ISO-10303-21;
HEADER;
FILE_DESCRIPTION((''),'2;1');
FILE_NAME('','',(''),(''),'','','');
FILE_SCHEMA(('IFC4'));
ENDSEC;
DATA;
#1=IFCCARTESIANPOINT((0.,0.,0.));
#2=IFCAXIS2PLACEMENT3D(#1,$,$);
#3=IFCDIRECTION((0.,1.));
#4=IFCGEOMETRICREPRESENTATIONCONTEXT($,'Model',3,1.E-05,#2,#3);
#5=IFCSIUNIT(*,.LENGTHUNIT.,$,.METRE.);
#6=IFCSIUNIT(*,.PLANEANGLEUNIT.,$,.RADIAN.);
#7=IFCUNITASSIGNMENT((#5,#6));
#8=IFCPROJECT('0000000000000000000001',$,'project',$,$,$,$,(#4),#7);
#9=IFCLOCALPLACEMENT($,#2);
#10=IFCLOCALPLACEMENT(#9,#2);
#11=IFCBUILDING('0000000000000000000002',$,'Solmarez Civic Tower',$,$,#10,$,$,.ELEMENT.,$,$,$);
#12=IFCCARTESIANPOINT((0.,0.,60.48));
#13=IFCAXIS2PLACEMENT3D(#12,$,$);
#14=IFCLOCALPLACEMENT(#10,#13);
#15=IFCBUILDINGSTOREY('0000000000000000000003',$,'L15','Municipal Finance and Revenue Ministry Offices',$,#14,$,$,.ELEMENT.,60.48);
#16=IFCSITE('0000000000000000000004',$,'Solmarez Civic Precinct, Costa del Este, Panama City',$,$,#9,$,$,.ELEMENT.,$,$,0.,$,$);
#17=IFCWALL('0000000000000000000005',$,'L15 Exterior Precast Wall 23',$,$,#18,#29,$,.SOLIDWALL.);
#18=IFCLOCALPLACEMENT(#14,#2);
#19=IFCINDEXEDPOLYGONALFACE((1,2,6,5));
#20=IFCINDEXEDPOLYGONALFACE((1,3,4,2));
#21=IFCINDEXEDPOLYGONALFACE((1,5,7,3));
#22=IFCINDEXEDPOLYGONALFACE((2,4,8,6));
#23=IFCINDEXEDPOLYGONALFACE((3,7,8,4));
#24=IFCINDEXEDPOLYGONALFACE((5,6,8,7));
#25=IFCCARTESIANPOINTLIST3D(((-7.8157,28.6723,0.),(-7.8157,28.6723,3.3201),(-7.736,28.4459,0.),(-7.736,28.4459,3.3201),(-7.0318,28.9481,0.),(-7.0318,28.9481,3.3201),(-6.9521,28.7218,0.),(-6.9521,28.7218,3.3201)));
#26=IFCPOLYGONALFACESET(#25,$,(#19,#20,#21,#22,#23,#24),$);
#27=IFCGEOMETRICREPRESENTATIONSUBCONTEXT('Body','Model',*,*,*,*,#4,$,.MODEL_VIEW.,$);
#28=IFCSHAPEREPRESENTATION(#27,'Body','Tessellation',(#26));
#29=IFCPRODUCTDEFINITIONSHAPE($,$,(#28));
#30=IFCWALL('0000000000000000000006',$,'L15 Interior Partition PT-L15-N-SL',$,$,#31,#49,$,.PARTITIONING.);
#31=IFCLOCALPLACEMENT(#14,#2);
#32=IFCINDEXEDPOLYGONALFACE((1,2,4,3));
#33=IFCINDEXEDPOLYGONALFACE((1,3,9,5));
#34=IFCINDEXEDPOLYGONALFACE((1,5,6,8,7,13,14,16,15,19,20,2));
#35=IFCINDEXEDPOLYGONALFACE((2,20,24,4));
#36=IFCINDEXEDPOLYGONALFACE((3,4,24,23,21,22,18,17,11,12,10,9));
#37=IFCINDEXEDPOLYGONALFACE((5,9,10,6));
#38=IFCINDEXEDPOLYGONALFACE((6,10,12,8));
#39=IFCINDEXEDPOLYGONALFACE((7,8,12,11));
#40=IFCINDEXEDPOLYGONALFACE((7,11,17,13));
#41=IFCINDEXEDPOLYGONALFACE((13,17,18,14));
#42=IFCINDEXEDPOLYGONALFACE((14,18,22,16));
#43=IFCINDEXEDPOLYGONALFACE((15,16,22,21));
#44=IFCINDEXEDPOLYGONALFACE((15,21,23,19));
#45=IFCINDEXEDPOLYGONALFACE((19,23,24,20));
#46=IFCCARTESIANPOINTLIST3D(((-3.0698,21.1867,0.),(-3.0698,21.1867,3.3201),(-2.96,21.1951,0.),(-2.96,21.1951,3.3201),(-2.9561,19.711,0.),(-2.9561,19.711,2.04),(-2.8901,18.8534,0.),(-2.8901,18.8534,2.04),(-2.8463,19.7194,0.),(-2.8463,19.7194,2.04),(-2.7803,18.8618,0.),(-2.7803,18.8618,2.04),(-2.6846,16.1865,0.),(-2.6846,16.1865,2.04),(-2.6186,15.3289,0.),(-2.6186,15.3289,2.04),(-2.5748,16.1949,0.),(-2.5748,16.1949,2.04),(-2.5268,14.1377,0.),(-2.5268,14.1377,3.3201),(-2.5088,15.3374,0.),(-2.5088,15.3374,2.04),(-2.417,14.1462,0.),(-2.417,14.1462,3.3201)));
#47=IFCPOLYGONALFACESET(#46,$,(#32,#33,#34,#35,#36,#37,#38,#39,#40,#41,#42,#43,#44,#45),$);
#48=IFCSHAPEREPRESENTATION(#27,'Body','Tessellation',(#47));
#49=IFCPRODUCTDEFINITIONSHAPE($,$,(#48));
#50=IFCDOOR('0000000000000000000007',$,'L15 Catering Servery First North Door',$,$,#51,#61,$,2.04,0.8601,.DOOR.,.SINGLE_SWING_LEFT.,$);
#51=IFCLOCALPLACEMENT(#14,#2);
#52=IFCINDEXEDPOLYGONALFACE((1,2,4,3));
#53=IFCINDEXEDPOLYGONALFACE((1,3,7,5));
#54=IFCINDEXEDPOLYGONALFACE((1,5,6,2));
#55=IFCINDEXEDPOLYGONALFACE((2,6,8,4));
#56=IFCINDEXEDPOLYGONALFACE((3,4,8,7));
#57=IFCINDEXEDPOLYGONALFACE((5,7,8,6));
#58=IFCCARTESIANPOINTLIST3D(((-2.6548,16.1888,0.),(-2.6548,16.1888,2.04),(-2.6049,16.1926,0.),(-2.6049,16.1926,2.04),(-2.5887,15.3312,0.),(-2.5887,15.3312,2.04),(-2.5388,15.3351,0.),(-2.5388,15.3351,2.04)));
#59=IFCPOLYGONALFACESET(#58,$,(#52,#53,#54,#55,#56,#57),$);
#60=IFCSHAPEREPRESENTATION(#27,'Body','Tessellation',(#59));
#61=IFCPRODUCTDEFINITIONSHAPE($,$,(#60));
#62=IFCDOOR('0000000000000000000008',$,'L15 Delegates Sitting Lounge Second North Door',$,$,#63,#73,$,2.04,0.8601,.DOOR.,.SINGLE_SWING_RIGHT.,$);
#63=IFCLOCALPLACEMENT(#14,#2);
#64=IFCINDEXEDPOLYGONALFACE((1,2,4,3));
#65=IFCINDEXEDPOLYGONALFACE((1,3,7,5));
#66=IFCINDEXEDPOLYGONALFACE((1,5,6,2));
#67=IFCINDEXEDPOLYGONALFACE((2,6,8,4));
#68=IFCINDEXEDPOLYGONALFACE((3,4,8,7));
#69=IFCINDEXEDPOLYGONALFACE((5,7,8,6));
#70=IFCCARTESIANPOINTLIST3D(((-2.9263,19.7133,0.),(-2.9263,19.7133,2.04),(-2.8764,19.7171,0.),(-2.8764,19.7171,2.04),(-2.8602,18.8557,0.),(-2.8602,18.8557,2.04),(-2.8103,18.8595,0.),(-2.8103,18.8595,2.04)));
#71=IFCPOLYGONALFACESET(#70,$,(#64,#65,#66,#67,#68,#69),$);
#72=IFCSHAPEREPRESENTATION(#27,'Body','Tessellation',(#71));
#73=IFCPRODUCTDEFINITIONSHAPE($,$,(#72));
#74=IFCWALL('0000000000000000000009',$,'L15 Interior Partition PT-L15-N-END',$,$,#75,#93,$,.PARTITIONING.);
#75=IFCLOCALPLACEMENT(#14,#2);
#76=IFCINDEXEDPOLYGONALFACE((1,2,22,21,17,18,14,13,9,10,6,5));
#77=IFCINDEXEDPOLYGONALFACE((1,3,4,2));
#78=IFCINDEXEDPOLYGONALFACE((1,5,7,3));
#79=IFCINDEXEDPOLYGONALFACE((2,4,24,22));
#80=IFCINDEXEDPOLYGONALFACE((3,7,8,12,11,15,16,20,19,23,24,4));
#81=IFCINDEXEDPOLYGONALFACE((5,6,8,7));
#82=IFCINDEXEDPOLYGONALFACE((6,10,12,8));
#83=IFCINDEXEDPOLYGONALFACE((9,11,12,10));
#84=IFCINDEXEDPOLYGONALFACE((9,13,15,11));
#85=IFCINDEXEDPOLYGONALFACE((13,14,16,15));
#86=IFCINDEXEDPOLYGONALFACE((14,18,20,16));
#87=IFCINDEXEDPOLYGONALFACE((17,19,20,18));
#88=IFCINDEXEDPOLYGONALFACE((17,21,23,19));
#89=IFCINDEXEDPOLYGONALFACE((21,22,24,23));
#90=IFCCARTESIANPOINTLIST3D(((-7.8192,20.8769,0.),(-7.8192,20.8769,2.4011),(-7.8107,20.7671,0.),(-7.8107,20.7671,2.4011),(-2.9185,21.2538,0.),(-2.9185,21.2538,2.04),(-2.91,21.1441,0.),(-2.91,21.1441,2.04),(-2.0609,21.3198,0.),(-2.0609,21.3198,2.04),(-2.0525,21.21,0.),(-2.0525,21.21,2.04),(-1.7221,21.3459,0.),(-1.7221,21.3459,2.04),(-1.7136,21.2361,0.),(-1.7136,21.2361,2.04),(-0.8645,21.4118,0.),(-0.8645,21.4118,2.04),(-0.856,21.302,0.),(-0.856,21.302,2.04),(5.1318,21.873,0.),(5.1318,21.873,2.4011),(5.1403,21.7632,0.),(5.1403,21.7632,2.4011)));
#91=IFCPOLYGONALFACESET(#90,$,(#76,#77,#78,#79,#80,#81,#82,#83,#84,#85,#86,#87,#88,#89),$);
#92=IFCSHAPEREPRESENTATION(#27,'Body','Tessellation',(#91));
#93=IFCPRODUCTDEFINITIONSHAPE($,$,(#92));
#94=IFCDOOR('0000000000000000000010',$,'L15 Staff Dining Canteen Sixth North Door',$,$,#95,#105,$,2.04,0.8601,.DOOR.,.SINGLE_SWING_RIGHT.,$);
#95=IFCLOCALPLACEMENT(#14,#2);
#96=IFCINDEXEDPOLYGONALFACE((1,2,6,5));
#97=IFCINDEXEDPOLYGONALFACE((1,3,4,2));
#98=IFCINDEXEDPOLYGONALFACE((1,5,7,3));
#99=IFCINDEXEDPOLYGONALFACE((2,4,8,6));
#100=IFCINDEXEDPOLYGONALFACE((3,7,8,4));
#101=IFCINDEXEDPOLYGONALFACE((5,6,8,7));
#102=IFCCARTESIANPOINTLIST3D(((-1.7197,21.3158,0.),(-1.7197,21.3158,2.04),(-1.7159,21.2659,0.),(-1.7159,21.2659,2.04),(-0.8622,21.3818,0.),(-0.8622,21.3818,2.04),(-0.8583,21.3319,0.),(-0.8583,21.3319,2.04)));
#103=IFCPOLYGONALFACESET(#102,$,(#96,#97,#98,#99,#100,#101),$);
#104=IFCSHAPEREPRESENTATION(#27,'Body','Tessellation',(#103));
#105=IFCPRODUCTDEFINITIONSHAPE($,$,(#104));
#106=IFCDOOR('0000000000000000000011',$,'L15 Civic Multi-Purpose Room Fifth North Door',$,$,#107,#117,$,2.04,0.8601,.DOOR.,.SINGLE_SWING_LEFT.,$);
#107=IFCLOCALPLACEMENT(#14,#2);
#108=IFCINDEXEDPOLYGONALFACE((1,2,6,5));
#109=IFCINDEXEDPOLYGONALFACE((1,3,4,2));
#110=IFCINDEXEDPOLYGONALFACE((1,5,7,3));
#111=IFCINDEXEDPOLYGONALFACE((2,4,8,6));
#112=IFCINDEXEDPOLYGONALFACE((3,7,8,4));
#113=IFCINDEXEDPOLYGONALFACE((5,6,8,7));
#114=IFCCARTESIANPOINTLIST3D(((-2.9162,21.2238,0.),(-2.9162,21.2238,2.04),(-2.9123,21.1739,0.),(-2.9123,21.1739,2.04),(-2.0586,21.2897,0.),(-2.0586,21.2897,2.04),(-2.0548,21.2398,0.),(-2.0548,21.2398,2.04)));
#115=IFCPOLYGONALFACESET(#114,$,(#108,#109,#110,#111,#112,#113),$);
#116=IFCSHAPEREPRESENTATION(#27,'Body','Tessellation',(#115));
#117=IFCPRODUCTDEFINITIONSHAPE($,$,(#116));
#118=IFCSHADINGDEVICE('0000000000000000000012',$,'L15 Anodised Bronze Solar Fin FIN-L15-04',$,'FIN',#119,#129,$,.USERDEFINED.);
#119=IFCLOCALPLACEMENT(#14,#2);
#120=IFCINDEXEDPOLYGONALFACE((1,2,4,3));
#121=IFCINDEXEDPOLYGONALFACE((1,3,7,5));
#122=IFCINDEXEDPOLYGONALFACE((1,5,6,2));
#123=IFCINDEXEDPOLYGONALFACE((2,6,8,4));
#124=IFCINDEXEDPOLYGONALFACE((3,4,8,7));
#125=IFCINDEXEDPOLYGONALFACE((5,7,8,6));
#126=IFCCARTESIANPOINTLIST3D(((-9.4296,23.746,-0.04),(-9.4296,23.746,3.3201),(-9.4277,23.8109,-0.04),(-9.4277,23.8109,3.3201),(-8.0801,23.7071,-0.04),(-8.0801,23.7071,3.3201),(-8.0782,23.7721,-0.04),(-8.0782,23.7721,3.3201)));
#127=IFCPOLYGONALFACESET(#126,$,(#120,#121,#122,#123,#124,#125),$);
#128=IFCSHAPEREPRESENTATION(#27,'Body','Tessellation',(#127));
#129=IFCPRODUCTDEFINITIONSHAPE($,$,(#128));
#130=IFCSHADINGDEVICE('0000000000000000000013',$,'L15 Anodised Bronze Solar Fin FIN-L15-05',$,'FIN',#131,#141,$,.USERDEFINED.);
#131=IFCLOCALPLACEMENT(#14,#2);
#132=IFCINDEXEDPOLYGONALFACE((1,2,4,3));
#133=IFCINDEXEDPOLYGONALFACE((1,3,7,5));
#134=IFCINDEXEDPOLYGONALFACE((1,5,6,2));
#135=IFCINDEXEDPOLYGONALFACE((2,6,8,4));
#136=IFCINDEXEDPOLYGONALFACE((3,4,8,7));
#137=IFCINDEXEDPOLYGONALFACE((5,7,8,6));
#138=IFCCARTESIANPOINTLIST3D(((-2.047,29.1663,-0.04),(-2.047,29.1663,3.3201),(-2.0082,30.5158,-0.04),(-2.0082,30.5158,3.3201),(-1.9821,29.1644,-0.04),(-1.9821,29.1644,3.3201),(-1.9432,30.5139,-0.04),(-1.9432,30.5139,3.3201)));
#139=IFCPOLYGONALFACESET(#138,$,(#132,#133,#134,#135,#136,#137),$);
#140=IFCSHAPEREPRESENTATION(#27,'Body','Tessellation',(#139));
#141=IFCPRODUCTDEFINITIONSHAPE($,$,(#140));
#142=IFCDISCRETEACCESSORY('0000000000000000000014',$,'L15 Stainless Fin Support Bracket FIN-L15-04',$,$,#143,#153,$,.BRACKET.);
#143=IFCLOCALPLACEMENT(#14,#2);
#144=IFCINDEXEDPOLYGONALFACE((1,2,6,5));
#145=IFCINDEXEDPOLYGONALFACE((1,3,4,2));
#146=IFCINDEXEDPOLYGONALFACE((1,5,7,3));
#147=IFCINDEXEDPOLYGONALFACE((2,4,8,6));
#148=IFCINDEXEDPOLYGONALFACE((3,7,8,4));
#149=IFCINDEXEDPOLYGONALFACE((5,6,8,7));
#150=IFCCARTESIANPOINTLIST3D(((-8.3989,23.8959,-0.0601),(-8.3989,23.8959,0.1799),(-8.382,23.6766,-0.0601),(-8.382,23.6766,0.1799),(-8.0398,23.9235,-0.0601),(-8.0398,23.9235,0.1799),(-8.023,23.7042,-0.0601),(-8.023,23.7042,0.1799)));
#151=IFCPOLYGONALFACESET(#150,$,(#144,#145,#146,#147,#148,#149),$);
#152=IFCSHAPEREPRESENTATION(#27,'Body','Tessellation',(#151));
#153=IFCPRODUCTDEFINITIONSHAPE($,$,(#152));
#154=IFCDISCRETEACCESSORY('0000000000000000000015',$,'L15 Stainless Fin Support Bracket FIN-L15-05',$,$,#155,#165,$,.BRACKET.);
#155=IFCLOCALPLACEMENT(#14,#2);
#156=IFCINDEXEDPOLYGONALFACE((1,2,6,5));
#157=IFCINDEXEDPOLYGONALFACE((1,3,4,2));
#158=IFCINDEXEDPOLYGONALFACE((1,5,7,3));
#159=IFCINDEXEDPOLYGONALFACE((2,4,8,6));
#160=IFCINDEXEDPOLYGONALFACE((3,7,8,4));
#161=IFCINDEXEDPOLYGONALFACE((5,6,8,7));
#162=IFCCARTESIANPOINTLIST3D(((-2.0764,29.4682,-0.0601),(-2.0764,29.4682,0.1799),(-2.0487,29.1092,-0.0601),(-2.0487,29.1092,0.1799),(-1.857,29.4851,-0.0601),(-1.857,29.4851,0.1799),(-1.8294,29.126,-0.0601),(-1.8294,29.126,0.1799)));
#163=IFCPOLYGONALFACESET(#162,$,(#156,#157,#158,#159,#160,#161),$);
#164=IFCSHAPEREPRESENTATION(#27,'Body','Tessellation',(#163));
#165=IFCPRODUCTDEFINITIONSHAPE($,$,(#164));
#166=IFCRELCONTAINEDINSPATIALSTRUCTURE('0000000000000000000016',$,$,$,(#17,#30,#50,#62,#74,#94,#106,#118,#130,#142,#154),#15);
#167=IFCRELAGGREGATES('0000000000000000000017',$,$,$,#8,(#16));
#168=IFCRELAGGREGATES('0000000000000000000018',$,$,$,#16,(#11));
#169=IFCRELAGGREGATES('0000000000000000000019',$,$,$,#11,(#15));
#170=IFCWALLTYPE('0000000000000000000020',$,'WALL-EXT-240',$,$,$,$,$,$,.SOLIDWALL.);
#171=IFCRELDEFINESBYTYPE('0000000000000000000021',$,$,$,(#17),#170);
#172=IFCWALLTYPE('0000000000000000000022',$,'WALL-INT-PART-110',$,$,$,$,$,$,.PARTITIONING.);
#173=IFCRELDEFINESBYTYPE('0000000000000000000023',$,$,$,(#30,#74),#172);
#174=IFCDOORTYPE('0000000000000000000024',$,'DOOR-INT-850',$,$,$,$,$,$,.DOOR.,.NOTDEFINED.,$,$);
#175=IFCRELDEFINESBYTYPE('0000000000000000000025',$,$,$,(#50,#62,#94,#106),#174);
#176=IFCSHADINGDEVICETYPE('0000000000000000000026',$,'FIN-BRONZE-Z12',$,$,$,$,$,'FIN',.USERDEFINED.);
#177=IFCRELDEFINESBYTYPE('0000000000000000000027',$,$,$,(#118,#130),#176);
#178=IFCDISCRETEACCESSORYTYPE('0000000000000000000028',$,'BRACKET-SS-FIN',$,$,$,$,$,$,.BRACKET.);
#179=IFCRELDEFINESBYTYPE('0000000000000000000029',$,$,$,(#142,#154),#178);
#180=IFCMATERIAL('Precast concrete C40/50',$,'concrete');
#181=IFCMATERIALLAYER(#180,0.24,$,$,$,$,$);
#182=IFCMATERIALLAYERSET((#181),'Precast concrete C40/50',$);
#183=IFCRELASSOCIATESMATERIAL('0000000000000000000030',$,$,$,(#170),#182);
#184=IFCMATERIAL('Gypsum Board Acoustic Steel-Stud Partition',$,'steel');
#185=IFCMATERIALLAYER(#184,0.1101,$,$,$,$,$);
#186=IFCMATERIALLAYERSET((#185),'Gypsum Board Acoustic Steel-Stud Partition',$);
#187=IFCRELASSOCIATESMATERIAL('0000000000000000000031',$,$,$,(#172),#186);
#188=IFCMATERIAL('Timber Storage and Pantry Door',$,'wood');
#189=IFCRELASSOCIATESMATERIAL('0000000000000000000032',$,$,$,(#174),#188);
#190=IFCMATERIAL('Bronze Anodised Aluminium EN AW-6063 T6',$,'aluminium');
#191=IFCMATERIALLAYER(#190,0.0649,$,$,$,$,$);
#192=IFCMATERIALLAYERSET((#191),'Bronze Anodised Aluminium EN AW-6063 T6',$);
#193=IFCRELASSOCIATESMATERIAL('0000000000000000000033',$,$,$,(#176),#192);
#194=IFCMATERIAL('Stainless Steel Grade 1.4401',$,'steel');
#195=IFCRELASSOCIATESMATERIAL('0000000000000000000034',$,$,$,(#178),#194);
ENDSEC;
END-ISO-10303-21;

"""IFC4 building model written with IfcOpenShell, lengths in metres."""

from ifc_helpers import new_model, si_unit, direction, frame, frame_2d, origin, origin_2d, place, context, subcontext, project, spatial, rectangle, extrude, material, layer, layer_set, type_object, element, fill, save


model = new_model("IFC4")

# Units and contexts
model_context = context("Model", 3, precision=1e-05, world=origin(), true_north=direction((0.0, 1.0)))
body_context = subcontext(model_context, "Body", "Model", "MODEL_VIEW")
ifc_project = project(units=[si_unit("LENGTHUNIT", "METRE"), si_unit("PLANEANGLEUNIT", "RADIAN")], contexts=[model_context])

# Site, building, storey
site_placement = place(None, origin())
site = spatial("IfcSite", under=ifc_project, at=site_placement, Name="Solmarez Civic Precinct, Costa del Este, Panama City", CompositionType="ELEMENT", RefElevation=0.0)
building_placement = place(site_placement, origin())
building = spatial("IfcBuilding", under=site, at=building_placement, Name="Solmarez Civic Tower", CompositionType="ELEMENT")
storey_placement = place(building_placement, frame((0.0, 0.0, 60.48)))
storey = spatial("IfcBuildingStorey", under=building, at=storey_placement, Name="L15", Description="Municipal Finance and Revenue Ministry Offices", CompositionType="ELEMENT", Elevation=60.48)

# Shared definitions
ifc_material_1 = material(Name="Bronze Anodised Aluminium EN AW-6063 T6", Category="aluminium")

# Wall
ifc_material_2 = material(Name="Precast concrete C40/50", Category="concrete")
ifc_layer_1 = layer(ifc_material_2, 0.24)
ifc_layer_set_1 = layer_set([ifc_layer_1], Name="Precast concrete C40/50")
wall_type_1 = type_object("IfcWallType", Name="WALL-EXT-240", PredefinedType="SOLIDWALL", material=ifc_layer_set_1)
wall_1_placement = place(storey_placement, frame((-7.7759, 28.5591, 0.0), z_axis=(0.0, 0.0, 1.0), x_axis=(0.943294, 0.331959, 0.0)))
element("IfcWall", 1, at=wall_1_placement, inside=storey, type_object=wall_type_1, Name="L15 Exterior Precast Wall 23", PredefinedType="SOLIDWALL", context=body_context, shape_type="SweptSolid", body=[
    extrude(rectangle(XDim=0.8311, YDim=0.24, at=frame_2d((0.4155, 0.0))), origin(), (0.0, 0.0, 1.0), 3.3201),
])

# Walls, openings, doors
ifc_material_3 = material(Name="Gypsum Board Acoustic Steel-Stud Partition", Category="steel")
ifc_layer_2 = layer(ifc_material_3, 0.1101)
ifc_layer_set_2 = layer_set([ifc_layer_2], Name="Gypsum Board Acoustic Steel-Stud Partition")
wall_type_2 = type_object("IfcWallType", Name="WALL-INT-PART-110", PredefinedType="PARTITIONING", material=ifc_layer_set_2)
wall_2_placement = place(storey_placement, frame((-3.0149, 21.1909, 0.0), z_axis=(0.0, 0.0, 1.0), x_axis=(0.076802, -0.997046, 0.0)))
wall_2 = element("IfcWall", 2, at=wall_2_placement, inside=storey, type_object=wall_type_2, Name="L15 Interior Partition PT-L15-N-SL", PredefinedType="PARTITIONING", context=body_context, shape_type="SweptSolid", body=[
    extrude(rectangle(XDim=7.0698, YDim=0.1101, at=frame_2d((3.5349, 0.0))), origin(), (0.0, 0.0, 1.0), 3.3201),
])
opening_1_placement = place(wall_2_placement, frame((5.0149, 0.0, 0.0)))
opening_1 = element("IfcOpeningElement", 3, at=opening_1_placement, cuts=wall_2, PredefinedType="OPENING", context=body_context, shape_type="SweptSolid", body=[
    extrude(rectangle(XDim=0.8601, YDim=2.04, at=frame_2d((0.4302, 1.02))), frame((0.0, 0.0649, 0.0), z_axis=(0.0, -1.0, 0.0), x_axis=(1.0, 0.0, 0.0)), (0.0, 0.0, 1.0), 0.1301),
])
opening_2_placement = place(wall_2_placement, frame((1.48, 0.0, 0.0)))
opening_2 = element("IfcOpeningElement", 4, at=opening_2_placement, cuts=wall_2, PredefinedType="OPENING", context=body_context, shape_type="SweptSolid", body=[
    extrude(rectangle(XDim=0.8601, YDim=2.04, at=frame_2d((0.4302, 1.02))), frame((0.0, 0.0649, 0.0), z_axis=(0.0, -1.0, 0.0), x_axis=(1.0, 0.0, 0.0)), (0.0, 0.0, 1.0), 0.1301),
])
ifc_material_4 = material(Name="Timber Storage and Pantry Door", Category="wood")
door_type = type_object("IfcDoorType", Name="DOOR-INT-850", OperationType="NOTDEFINED", PredefinedType="DOOR", material=ifc_material_4)
door_1_placement = place(opening_1_placement, origin())
door_1 = element("IfcDoor", 5, at=door_1_placement, inside=storey, type_object=door_type, Name="L15 Catering Servery First North Door", OperationType="SINGLE_SWING_LEFT", OverallHeight=2.04, OverallWidth=0.8601, PredefinedType="DOOR", context=body_context, shape_type="SweptSolid", body=[
    extrude(rectangle(XDim=0.8601, YDim=2.04, at=frame_2d((0.4302, 1.02))), frame((0.0, 0.0249, 0.0), z_axis=(0.0, -1.0, 0.0), x_axis=(1.0, 0.0, 0.0)), (0.0, 0.0, 1.0), 0.05),
])
fill(opening_1, door_1)
door_2_placement = place(opening_2_placement, origin())
door_2 = element("IfcDoor", 6, at=door_2_placement, inside=storey, type_object=door_type, Name="L15 Delegates Sitting Lounge Second North Door", OperationType="SINGLE_SWING_RIGHT", OverallHeight=2.04, OverallWidth=0.8601, PredefinedType="DOOR", context=body_context, shape_type="SweptSolid", body=[
    extrude(rectangle(XDim=0.8601, YDim=2.04, at=frame_2d((0.4302, 1.02))), frame((0.0, 0.0249, 0.0), z_axis=(0.0, -1.0, 0.0), x_axis=(1.0, 0.0, 0.0)), (0.0, 0.0, 1.0), 0.05),
])
fill(opening_2, door_2)
wall_3_placement = place(storey_placement, frame((-7.8149, 20.822, 0.0), z_axis=(0.0, 0.0, 1.0), x_axis=(0.997055, 0.076686, 0.0)))
wall_3 = element("IfcWall", 7, at=wall_3_placement, inside=storey, type_object=wall_type_2, Name="L15 Interior Partition PT-L15-N-END", PredefinedType="PARTITIONING", context=body_context, shape_type="SweptSolid", body=[
    extrude(rectangle(XDim=12.9893, YDim=0.1101, at=frame_2d((6.4946, 0.0))), origin(), (0.0, 0.0, 1.0), 2.4011),
])
opening_3_placement = place(wall_3_placement, frame((6.115, 0.0, 0.0)))
opening_3 = element("IfcOpeningElement", 8, at=opening_3_placement, cuts=wall_3, PredefinedType="OPENING", context=body_context, shape_type="SweptSolid", body=[
    extrude(rectangle(XDim=0.8601, YDim=2.04, at=frame_2d((0.4302, 1.02))), frame((0.0, 0.0649, 0.0), z_axis=(0.0, -1.0, 0.0), x_axis=(1.0, 0.0, 0.0)), (0.0, 0.0, 1.0), 0.1301),
])
opening_4_placement = place(wall_3_placement, frame((4.915, 0.0, 0.0)))
opening_4 = element("IfcOpeningElement", 9, at=opening_4_placement, cuts=wall_3, PredefinedType="OPENING", context=body_context, shape_type="SweptSolid", body=[
    extrude(rectangle(XDim=0.8601, YDim=2.04, at=frame_2d((0.4302, 1.02))), frame((0.0, 0.0649, 0.0), z_axis=(0.0, -1.0, 0.0), x_axis=(1.0, 0.0, 0.0)), (0.0, 0.0, 1.0), 0.1301),
])
door_3_placement = place(opening_3_placement, origin())
door_3 = element("IfcDoor", 10, at=door_3_placement, inside=storey, type_object=door_type, Name="L15 Staff Dining Canteen Sixth North Door", OperationType="SINGLE_SWING_RIGHT", OverallHeight=2.04, OverallWidth=0.8601, PredefinedType="DOOR", context=body_context, shape_type="SweptSolid", body=[
    extrude(rectangle(XDim=0.8601, YDim=2.04, at=frame_2d((0.4302, 1.02))), frame((0.0, 0.0249, 0.0), z_axis=(0.0, -1.0, 0.0), x_axis=(1.0, 0.0, 0.0)), (0.0, 0.0, 1.0), 0.05),
])
fill(opening_3, door_3)
door_4_placement = place(opening_4_placement, origin())
door_4 = element("IfcDoor", 11, at=door_4_placement, inside=storey, type_object=door_type, Name="L15 Civic Multi-Purpose Room Fifth North Door", OperationType="SINGLE_SWING_LEFT", OverallHeight=2.04, OverallWidth=0.8601, PredefinedType="DOOR", context=body_context, shape_type="SweptSolid", body=[
    extrude(rectangle(XDim=0.8601, YDim=2.04, at=frame_2d((0.4302, 1.02))), frame((0.0, 0.0249, 0.0), z_axis=(0.0, -1.0, 0.0), x_axis=(1.0, 0.0, 0.0)), (0.0, 0.0, 1.0), 0.05),
])
fill(opening_4, door_4)

# Shading devices
ifc_layer_3 = layer(ifc_material_1, 0.0649)
ifc_layer_set_3 = layer_set([ifc_layer_3], Name="Bronze Anodised Aluminium EN AW-6063 T6")
shading_device_type = type_object("IfcShadingDeviceType", Name="FIN-BRONZE-Z12", ElementType="FIN", PredefinedType="USERDEFINED", material=ifc_layer_set_3)
for number, where, z_axis, x_axis, name in (
    (12, (-8.7539, 23.759, -0.04), (0.0, 0.0, 1.0), (-0.999585, 0.028794, 0.0), "L15 Anodised Bronze Solar Fin FIN-L15-04"),
    (13, (-1.9951, 29.8401, -0.04), (0.0, 0.0, 1.0), (0.028759, 0.999586, 0.0), "L15 Anodised Bronze Solar Fin FIN-L15-05"),
):
    element("IfcShadingDevice", number, at=place(storey_placement, frame(where, z_axis=z_axis, x_axis=x_axis)), inside=storey, type_object=shading_device_type, Name=name, ObjectType="FIN", PredefinedType="USERDEFINED", context=body_context, shape_type="SweptSolid", body=[
        extrude(rectangle(XDim=1.3501, YDim=0.0649, at=origin_2d()), origin(), (0.0, 0.0, 1.0), 3.3601),
    ])

# Discrete accessories
ifc_material_5 = material(Name="Stainless Steel Grade 1.4401", Category="steel")
discrete_accessory_type = type_object("IfcDiscreteAccessoryType", Name="BRACKET-SS-FIN", PredefinedType="BRACKET", material=ifc_material_5)
for number, where, z_axis, x_axis, name in (
    (14, (-8.2109, 23.8, -0.0601), (0.0, 0.0, 1.0), (-0.997056, -0.076679, 0.0), "L15 Stainless Fin Support Bracket FIN-L15-04"),
    (15, (-1.9529, 29.2971, -0.0601), (0.0, 0.0, 1.0), (-0.076712, 0.997053, 0.0), "L15 Stainless Fin Support Bracket FIN-L15-05"),
):
    element("IfcDiscreteAccessory", number, at=place(storey_placement, frame(where, z_axis=z_axis, x_axis=x_axis)), inside=storey, type_object=discrete_accessory_type, Name=name, PredefinedType="BRACKET", context=body_context, shape_type="SweptSolid", body=[
        extrude(rectangle(XDim=0.3601, YDim=0.22, at=origin_2d()), origin(), (0.0, 0.0, 1.0), 0.24),
    ])

save(model, "model.ifc")
